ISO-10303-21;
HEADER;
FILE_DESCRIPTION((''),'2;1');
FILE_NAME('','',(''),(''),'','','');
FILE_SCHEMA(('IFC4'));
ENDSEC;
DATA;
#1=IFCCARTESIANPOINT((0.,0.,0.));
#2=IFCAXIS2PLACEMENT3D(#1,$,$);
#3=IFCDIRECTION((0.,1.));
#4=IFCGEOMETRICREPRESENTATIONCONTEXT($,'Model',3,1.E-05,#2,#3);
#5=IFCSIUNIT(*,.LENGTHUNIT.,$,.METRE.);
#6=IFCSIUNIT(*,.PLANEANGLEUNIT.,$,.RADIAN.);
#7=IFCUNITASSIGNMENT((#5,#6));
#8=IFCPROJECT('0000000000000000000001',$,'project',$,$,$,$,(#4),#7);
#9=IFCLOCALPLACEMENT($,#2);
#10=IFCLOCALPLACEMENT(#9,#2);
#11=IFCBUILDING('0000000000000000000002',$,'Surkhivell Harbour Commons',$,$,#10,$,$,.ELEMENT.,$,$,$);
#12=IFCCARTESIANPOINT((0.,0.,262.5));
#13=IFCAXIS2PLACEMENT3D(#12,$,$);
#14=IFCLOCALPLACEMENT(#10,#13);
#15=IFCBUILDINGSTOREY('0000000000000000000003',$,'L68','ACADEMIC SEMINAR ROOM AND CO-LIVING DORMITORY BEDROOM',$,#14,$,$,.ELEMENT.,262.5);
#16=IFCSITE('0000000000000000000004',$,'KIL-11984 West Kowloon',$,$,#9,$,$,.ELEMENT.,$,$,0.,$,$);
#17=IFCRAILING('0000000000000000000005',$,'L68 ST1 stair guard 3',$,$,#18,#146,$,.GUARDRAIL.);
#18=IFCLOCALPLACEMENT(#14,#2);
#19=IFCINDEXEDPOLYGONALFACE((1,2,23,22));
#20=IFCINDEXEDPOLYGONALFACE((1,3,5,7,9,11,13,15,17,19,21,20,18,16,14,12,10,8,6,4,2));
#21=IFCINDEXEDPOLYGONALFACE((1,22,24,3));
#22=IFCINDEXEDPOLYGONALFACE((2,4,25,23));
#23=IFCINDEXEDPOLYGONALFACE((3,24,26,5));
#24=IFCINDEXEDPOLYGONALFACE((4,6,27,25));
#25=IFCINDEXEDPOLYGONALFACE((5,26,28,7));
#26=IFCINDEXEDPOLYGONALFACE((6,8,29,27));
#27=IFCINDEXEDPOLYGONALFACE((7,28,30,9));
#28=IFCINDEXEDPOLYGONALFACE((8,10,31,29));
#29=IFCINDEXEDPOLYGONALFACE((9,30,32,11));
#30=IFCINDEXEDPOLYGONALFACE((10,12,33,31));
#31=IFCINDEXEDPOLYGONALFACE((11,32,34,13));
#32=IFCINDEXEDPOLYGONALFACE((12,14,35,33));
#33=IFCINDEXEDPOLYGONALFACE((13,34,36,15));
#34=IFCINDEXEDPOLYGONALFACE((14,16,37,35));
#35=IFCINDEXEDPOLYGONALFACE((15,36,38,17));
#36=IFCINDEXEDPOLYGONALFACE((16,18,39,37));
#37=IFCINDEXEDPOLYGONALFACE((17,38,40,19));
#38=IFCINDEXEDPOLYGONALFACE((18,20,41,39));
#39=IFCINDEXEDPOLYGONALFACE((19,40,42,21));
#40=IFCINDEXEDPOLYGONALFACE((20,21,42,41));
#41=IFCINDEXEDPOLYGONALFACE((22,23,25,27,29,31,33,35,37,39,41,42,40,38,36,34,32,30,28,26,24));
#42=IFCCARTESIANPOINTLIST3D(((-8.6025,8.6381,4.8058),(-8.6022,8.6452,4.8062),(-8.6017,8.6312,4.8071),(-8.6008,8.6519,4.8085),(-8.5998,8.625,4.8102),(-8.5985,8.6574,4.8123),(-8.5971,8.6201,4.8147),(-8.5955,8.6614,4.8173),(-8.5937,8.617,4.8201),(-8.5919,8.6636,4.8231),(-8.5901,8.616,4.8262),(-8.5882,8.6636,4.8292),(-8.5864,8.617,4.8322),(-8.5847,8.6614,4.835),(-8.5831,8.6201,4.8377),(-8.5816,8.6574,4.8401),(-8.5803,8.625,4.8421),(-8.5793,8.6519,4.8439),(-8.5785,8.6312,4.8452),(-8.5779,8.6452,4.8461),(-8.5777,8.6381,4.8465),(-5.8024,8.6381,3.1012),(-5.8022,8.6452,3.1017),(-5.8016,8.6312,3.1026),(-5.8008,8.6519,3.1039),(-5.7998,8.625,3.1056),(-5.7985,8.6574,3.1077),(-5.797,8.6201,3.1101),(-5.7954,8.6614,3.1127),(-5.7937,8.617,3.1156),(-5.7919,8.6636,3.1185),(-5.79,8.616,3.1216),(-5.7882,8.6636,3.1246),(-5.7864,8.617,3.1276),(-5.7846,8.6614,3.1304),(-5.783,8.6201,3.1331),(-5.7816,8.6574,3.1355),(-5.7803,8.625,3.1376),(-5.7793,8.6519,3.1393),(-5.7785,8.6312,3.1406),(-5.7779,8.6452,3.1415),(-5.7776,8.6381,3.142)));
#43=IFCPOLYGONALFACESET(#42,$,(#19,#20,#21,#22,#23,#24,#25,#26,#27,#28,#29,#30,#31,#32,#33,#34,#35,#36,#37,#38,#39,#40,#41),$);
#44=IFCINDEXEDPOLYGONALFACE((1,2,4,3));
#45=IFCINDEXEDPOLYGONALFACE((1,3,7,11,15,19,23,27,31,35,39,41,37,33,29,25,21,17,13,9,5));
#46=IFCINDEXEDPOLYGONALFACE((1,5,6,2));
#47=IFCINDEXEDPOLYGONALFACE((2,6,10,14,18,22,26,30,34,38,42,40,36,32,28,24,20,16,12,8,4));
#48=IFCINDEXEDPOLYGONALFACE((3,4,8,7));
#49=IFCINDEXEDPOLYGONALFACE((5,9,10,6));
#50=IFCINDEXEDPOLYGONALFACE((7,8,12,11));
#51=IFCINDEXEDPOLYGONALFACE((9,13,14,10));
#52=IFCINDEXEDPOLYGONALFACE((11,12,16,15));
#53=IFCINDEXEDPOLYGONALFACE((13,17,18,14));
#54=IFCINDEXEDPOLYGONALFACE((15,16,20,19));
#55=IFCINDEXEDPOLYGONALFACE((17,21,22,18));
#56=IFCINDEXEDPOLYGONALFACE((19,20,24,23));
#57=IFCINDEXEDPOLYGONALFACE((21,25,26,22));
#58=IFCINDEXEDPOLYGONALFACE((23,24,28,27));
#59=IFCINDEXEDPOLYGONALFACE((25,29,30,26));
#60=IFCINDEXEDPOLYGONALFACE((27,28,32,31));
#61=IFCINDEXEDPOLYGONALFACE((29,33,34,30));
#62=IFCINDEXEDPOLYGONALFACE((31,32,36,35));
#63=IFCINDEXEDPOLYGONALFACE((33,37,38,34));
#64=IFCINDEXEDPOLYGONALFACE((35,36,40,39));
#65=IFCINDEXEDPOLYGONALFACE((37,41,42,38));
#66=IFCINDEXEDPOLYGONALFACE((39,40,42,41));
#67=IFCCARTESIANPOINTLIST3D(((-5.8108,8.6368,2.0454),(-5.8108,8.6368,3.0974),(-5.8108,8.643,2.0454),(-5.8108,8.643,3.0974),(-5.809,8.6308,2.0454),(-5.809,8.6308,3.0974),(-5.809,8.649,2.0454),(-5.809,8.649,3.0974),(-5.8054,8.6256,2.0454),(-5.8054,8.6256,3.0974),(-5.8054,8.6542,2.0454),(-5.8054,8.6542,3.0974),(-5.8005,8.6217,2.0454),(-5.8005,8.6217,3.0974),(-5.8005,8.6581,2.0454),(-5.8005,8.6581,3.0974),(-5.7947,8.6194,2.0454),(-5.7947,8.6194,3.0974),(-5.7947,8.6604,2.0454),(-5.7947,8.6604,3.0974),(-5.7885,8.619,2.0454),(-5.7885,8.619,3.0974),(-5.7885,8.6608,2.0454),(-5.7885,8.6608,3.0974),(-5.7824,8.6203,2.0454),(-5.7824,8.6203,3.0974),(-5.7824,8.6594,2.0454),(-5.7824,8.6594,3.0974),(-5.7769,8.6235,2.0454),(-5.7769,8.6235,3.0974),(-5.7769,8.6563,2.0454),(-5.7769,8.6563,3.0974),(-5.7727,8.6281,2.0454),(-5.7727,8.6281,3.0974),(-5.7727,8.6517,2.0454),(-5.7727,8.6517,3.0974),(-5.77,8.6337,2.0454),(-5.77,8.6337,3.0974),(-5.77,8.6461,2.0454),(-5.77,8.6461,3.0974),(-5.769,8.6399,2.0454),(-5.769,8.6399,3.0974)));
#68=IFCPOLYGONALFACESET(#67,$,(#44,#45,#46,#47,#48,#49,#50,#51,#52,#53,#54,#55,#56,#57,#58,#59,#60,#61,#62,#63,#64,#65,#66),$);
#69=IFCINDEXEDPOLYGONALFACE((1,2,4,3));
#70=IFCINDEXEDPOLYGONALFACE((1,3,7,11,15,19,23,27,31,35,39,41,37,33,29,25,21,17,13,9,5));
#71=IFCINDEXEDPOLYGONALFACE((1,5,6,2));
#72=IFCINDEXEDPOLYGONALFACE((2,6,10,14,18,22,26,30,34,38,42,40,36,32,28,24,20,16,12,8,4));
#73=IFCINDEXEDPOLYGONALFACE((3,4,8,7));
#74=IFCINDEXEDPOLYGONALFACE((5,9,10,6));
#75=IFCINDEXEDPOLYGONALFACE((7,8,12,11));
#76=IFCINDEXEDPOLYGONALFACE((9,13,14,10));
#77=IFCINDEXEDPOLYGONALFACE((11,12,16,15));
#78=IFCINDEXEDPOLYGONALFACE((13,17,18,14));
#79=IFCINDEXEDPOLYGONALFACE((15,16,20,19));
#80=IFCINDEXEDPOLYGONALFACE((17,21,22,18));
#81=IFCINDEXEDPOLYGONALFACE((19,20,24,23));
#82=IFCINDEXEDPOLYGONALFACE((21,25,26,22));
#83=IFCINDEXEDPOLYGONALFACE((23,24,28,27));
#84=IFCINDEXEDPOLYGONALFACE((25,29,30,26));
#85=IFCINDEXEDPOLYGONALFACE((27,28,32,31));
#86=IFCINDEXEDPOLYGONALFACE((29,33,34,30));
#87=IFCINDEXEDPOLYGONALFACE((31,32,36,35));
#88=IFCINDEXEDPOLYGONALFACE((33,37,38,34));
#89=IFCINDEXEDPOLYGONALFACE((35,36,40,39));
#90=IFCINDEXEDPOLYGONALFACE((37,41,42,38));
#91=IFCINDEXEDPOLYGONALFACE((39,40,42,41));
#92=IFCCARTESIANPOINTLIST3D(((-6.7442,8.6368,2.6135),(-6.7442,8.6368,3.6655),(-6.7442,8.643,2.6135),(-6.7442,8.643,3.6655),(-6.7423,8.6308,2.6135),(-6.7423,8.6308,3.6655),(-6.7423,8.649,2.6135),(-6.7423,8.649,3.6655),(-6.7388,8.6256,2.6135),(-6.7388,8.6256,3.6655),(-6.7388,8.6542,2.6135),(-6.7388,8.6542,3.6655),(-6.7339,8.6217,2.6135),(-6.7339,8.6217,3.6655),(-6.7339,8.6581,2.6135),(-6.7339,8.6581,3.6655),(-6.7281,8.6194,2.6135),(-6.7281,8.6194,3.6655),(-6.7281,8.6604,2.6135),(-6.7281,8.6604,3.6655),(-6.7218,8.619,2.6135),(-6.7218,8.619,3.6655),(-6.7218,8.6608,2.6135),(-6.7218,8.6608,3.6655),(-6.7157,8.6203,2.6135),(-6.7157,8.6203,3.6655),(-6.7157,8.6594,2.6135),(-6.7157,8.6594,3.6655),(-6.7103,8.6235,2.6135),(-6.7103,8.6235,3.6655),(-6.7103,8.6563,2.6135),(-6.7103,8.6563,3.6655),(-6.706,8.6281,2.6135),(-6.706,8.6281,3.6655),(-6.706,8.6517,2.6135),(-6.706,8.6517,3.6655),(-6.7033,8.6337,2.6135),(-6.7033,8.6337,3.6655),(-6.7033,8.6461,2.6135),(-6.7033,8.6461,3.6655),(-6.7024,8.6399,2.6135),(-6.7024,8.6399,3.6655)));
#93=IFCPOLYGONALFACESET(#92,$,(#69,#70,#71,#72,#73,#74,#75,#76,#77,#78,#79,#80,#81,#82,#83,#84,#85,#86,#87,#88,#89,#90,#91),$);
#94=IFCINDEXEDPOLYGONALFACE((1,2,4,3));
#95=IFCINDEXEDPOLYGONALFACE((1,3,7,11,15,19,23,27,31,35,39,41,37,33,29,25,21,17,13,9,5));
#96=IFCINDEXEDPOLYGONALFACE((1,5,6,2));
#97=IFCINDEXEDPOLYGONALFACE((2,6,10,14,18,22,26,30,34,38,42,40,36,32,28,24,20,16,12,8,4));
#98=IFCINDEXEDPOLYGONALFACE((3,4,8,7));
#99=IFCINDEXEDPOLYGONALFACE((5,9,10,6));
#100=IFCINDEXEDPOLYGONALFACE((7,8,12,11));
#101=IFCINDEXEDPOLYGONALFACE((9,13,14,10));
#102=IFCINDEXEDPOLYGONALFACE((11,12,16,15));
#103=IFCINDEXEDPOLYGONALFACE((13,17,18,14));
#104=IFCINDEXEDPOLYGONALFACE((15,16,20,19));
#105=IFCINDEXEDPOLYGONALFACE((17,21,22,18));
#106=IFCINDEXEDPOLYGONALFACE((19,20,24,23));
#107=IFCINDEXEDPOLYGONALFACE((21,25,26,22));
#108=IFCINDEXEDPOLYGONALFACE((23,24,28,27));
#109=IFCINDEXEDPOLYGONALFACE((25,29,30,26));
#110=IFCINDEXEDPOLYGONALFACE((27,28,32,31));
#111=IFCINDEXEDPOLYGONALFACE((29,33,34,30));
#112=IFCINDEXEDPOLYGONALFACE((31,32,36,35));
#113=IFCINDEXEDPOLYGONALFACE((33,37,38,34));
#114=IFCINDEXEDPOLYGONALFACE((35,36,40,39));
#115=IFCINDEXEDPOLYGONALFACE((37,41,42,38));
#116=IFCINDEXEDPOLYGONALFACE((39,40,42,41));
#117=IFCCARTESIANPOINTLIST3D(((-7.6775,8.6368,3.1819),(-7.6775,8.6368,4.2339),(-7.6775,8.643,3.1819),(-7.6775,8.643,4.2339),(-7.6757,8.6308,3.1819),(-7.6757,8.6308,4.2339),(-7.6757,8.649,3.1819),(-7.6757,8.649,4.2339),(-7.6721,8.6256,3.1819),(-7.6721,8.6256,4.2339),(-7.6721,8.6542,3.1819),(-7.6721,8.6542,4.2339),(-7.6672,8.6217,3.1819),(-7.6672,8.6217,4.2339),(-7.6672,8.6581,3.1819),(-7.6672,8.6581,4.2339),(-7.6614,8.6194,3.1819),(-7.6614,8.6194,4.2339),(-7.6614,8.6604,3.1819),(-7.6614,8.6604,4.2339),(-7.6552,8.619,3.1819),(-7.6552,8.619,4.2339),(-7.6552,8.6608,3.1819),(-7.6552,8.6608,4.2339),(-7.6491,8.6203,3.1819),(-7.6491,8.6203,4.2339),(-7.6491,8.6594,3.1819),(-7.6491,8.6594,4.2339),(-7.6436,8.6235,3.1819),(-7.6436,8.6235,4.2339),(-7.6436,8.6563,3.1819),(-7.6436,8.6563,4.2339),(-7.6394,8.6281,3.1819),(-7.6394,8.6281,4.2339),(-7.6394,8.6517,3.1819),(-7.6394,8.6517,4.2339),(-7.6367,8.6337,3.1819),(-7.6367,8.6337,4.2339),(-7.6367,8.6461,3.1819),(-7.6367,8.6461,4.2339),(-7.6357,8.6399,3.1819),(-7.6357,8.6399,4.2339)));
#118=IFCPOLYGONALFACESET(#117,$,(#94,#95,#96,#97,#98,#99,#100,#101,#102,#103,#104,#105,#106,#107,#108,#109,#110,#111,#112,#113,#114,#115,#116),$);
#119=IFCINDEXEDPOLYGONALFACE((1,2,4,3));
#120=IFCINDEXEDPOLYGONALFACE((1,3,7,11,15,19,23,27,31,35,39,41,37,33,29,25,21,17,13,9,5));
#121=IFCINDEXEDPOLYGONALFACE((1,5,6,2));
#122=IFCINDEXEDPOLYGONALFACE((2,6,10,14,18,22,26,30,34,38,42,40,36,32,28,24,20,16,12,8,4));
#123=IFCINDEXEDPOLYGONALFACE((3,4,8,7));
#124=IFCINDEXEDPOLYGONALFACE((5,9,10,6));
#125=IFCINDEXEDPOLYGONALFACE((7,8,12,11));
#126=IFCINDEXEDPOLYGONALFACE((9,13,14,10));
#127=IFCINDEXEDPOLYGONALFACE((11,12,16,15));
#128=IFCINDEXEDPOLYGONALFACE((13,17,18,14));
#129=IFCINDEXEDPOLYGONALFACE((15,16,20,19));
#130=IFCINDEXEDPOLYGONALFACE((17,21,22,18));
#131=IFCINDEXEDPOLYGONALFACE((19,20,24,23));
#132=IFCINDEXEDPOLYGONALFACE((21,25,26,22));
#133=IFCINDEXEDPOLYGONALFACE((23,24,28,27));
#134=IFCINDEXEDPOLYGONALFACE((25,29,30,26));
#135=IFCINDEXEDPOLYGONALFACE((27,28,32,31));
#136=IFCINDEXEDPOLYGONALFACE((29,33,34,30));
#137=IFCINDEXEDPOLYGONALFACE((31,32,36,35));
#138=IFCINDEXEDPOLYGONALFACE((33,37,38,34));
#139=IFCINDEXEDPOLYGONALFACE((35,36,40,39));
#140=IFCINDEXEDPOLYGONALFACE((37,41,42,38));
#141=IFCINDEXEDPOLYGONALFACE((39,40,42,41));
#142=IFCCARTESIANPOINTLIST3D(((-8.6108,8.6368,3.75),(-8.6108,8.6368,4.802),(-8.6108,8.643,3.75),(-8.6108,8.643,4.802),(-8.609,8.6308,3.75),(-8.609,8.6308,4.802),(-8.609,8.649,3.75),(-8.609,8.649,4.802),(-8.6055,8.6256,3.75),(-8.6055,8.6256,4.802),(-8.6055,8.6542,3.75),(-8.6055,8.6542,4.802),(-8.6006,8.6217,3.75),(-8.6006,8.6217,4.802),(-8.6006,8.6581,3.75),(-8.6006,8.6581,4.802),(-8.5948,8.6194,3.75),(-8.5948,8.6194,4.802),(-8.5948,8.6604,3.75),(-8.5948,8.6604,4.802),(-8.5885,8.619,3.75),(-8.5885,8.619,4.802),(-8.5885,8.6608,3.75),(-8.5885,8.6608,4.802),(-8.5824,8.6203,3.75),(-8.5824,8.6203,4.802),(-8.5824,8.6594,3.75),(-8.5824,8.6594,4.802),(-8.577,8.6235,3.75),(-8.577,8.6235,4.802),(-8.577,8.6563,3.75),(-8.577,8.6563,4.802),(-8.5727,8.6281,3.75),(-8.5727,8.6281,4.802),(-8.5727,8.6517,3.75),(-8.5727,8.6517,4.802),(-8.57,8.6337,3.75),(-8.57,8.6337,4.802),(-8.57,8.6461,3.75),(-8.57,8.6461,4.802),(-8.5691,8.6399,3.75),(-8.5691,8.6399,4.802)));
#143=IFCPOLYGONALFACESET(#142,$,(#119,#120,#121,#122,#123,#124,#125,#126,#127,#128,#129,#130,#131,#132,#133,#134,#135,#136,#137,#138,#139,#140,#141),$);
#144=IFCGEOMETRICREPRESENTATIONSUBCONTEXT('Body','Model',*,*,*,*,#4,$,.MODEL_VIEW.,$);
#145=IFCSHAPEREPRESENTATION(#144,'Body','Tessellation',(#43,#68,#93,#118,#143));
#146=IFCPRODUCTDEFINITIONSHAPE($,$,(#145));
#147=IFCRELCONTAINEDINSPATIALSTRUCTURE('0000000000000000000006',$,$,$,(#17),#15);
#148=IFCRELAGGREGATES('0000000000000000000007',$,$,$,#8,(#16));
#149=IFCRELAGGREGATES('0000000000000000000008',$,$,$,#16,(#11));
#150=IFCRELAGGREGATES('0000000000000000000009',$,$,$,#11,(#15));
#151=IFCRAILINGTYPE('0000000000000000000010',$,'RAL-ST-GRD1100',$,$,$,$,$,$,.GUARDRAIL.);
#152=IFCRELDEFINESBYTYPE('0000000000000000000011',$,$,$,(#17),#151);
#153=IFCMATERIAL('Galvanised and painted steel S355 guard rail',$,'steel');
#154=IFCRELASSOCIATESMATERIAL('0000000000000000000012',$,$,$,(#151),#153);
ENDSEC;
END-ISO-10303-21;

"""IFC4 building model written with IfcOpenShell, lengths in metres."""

from ifc_helpers import new_model, si_unit, direction, frame, origin, origin_2d, place, context, subcontext, project, spatial, circle, extrude, material, type_object, element, save


model = new_model("IFC4")

# Units and contexts
model_context = context("Model", 3, precision=1e-05, world=origin(), true_north=direction((0.0, 1.0)))
body_context = subcontext(model_context, "Body", "Model", "MODEL_VIEW")
ifc_project = project(units=[si_unit("LENGTHUNIT", "METRE"), si_unit("PLANEANGLEUNIT", "RADIAN")], contexts=[model_context])

# Site, building, storey
site_placement = place(None, origin())
site = spatial("IfcSite", under=ifc_project, at=site_placement, Name="KIL-11984 West Kowloon", CompositionType="ELEMENT", RefElevation=0.0)
building_placement = place(site_placement, origin())
building = spatial("IfcBuilding", under=site, at=building_placement, Name="Surkhivell Harbour Commons", CompositionType="ELEMENT")
storey_placement = place(building_placement, frame((0.0, 0.0, 262.5)))
storey = spatial("IfcBuildingStorey", under=building, at=storey_placement, Name="L68", Description="ACADEMIC SEMINAR ROOM AND CO-LIVING DORMITORY BEDROOM", CompositionType="ELEMENT", Elevation=262.5)

# Railing
ifc_material_1 = material(Name="Galvanised and painted steel S355 guard rail", Category="steel")
railing_type_1 = type_object("IfcRailingType", Name="RAL-ST-GRD1100", PredefinedType="GUARDRAIL", material=ifc_material_1)
railing_1_placement = place(storey_placement, frame((-5.79, 8.6399, 2.0454)))
element("IfcRailing", 1, at=railing_1_placement, inside=storey, type_object=railing_type_1, Name="L68 ST1 stair guard 3", PredefinedType="GUARDRAIL", context=body_context, shape_type="SweptSolid", body=[
    extrude(circle(Radius=0.0239, at=origin_2d()), frame((0.0, 0.0, 1.0762), z_axis=(-0.85417, 0.0, 0.519994), x_axis=(0.0, -1.0, 0.0)), (0.0, 0.0, 1.0), 3.2781),
    extrude(circle(Radius=0.021, at=origin_2d()), origin(), (0.0, 0.0, 1.0), 1.052),
    extrude(circle(Radius=0.021, at=origin_2d()), frame((-0.9333, 0.0, 0.5681)), (0.0, 0.0, 1.0), 1.052),
    extrude(circle(Radius=0.021, at=origin_2d()), frame((-1.8667, 0.0, 1.1365)), (0.0, 0.0, 1.0), 1.052),
    extrude(circle(Radius=0.021, at=origin_2d()), frame((-2.8, 0.0, 1.7046)), (0.0, 0.0, 1.0), 1.052),
])

save(model, "model.ifc")
